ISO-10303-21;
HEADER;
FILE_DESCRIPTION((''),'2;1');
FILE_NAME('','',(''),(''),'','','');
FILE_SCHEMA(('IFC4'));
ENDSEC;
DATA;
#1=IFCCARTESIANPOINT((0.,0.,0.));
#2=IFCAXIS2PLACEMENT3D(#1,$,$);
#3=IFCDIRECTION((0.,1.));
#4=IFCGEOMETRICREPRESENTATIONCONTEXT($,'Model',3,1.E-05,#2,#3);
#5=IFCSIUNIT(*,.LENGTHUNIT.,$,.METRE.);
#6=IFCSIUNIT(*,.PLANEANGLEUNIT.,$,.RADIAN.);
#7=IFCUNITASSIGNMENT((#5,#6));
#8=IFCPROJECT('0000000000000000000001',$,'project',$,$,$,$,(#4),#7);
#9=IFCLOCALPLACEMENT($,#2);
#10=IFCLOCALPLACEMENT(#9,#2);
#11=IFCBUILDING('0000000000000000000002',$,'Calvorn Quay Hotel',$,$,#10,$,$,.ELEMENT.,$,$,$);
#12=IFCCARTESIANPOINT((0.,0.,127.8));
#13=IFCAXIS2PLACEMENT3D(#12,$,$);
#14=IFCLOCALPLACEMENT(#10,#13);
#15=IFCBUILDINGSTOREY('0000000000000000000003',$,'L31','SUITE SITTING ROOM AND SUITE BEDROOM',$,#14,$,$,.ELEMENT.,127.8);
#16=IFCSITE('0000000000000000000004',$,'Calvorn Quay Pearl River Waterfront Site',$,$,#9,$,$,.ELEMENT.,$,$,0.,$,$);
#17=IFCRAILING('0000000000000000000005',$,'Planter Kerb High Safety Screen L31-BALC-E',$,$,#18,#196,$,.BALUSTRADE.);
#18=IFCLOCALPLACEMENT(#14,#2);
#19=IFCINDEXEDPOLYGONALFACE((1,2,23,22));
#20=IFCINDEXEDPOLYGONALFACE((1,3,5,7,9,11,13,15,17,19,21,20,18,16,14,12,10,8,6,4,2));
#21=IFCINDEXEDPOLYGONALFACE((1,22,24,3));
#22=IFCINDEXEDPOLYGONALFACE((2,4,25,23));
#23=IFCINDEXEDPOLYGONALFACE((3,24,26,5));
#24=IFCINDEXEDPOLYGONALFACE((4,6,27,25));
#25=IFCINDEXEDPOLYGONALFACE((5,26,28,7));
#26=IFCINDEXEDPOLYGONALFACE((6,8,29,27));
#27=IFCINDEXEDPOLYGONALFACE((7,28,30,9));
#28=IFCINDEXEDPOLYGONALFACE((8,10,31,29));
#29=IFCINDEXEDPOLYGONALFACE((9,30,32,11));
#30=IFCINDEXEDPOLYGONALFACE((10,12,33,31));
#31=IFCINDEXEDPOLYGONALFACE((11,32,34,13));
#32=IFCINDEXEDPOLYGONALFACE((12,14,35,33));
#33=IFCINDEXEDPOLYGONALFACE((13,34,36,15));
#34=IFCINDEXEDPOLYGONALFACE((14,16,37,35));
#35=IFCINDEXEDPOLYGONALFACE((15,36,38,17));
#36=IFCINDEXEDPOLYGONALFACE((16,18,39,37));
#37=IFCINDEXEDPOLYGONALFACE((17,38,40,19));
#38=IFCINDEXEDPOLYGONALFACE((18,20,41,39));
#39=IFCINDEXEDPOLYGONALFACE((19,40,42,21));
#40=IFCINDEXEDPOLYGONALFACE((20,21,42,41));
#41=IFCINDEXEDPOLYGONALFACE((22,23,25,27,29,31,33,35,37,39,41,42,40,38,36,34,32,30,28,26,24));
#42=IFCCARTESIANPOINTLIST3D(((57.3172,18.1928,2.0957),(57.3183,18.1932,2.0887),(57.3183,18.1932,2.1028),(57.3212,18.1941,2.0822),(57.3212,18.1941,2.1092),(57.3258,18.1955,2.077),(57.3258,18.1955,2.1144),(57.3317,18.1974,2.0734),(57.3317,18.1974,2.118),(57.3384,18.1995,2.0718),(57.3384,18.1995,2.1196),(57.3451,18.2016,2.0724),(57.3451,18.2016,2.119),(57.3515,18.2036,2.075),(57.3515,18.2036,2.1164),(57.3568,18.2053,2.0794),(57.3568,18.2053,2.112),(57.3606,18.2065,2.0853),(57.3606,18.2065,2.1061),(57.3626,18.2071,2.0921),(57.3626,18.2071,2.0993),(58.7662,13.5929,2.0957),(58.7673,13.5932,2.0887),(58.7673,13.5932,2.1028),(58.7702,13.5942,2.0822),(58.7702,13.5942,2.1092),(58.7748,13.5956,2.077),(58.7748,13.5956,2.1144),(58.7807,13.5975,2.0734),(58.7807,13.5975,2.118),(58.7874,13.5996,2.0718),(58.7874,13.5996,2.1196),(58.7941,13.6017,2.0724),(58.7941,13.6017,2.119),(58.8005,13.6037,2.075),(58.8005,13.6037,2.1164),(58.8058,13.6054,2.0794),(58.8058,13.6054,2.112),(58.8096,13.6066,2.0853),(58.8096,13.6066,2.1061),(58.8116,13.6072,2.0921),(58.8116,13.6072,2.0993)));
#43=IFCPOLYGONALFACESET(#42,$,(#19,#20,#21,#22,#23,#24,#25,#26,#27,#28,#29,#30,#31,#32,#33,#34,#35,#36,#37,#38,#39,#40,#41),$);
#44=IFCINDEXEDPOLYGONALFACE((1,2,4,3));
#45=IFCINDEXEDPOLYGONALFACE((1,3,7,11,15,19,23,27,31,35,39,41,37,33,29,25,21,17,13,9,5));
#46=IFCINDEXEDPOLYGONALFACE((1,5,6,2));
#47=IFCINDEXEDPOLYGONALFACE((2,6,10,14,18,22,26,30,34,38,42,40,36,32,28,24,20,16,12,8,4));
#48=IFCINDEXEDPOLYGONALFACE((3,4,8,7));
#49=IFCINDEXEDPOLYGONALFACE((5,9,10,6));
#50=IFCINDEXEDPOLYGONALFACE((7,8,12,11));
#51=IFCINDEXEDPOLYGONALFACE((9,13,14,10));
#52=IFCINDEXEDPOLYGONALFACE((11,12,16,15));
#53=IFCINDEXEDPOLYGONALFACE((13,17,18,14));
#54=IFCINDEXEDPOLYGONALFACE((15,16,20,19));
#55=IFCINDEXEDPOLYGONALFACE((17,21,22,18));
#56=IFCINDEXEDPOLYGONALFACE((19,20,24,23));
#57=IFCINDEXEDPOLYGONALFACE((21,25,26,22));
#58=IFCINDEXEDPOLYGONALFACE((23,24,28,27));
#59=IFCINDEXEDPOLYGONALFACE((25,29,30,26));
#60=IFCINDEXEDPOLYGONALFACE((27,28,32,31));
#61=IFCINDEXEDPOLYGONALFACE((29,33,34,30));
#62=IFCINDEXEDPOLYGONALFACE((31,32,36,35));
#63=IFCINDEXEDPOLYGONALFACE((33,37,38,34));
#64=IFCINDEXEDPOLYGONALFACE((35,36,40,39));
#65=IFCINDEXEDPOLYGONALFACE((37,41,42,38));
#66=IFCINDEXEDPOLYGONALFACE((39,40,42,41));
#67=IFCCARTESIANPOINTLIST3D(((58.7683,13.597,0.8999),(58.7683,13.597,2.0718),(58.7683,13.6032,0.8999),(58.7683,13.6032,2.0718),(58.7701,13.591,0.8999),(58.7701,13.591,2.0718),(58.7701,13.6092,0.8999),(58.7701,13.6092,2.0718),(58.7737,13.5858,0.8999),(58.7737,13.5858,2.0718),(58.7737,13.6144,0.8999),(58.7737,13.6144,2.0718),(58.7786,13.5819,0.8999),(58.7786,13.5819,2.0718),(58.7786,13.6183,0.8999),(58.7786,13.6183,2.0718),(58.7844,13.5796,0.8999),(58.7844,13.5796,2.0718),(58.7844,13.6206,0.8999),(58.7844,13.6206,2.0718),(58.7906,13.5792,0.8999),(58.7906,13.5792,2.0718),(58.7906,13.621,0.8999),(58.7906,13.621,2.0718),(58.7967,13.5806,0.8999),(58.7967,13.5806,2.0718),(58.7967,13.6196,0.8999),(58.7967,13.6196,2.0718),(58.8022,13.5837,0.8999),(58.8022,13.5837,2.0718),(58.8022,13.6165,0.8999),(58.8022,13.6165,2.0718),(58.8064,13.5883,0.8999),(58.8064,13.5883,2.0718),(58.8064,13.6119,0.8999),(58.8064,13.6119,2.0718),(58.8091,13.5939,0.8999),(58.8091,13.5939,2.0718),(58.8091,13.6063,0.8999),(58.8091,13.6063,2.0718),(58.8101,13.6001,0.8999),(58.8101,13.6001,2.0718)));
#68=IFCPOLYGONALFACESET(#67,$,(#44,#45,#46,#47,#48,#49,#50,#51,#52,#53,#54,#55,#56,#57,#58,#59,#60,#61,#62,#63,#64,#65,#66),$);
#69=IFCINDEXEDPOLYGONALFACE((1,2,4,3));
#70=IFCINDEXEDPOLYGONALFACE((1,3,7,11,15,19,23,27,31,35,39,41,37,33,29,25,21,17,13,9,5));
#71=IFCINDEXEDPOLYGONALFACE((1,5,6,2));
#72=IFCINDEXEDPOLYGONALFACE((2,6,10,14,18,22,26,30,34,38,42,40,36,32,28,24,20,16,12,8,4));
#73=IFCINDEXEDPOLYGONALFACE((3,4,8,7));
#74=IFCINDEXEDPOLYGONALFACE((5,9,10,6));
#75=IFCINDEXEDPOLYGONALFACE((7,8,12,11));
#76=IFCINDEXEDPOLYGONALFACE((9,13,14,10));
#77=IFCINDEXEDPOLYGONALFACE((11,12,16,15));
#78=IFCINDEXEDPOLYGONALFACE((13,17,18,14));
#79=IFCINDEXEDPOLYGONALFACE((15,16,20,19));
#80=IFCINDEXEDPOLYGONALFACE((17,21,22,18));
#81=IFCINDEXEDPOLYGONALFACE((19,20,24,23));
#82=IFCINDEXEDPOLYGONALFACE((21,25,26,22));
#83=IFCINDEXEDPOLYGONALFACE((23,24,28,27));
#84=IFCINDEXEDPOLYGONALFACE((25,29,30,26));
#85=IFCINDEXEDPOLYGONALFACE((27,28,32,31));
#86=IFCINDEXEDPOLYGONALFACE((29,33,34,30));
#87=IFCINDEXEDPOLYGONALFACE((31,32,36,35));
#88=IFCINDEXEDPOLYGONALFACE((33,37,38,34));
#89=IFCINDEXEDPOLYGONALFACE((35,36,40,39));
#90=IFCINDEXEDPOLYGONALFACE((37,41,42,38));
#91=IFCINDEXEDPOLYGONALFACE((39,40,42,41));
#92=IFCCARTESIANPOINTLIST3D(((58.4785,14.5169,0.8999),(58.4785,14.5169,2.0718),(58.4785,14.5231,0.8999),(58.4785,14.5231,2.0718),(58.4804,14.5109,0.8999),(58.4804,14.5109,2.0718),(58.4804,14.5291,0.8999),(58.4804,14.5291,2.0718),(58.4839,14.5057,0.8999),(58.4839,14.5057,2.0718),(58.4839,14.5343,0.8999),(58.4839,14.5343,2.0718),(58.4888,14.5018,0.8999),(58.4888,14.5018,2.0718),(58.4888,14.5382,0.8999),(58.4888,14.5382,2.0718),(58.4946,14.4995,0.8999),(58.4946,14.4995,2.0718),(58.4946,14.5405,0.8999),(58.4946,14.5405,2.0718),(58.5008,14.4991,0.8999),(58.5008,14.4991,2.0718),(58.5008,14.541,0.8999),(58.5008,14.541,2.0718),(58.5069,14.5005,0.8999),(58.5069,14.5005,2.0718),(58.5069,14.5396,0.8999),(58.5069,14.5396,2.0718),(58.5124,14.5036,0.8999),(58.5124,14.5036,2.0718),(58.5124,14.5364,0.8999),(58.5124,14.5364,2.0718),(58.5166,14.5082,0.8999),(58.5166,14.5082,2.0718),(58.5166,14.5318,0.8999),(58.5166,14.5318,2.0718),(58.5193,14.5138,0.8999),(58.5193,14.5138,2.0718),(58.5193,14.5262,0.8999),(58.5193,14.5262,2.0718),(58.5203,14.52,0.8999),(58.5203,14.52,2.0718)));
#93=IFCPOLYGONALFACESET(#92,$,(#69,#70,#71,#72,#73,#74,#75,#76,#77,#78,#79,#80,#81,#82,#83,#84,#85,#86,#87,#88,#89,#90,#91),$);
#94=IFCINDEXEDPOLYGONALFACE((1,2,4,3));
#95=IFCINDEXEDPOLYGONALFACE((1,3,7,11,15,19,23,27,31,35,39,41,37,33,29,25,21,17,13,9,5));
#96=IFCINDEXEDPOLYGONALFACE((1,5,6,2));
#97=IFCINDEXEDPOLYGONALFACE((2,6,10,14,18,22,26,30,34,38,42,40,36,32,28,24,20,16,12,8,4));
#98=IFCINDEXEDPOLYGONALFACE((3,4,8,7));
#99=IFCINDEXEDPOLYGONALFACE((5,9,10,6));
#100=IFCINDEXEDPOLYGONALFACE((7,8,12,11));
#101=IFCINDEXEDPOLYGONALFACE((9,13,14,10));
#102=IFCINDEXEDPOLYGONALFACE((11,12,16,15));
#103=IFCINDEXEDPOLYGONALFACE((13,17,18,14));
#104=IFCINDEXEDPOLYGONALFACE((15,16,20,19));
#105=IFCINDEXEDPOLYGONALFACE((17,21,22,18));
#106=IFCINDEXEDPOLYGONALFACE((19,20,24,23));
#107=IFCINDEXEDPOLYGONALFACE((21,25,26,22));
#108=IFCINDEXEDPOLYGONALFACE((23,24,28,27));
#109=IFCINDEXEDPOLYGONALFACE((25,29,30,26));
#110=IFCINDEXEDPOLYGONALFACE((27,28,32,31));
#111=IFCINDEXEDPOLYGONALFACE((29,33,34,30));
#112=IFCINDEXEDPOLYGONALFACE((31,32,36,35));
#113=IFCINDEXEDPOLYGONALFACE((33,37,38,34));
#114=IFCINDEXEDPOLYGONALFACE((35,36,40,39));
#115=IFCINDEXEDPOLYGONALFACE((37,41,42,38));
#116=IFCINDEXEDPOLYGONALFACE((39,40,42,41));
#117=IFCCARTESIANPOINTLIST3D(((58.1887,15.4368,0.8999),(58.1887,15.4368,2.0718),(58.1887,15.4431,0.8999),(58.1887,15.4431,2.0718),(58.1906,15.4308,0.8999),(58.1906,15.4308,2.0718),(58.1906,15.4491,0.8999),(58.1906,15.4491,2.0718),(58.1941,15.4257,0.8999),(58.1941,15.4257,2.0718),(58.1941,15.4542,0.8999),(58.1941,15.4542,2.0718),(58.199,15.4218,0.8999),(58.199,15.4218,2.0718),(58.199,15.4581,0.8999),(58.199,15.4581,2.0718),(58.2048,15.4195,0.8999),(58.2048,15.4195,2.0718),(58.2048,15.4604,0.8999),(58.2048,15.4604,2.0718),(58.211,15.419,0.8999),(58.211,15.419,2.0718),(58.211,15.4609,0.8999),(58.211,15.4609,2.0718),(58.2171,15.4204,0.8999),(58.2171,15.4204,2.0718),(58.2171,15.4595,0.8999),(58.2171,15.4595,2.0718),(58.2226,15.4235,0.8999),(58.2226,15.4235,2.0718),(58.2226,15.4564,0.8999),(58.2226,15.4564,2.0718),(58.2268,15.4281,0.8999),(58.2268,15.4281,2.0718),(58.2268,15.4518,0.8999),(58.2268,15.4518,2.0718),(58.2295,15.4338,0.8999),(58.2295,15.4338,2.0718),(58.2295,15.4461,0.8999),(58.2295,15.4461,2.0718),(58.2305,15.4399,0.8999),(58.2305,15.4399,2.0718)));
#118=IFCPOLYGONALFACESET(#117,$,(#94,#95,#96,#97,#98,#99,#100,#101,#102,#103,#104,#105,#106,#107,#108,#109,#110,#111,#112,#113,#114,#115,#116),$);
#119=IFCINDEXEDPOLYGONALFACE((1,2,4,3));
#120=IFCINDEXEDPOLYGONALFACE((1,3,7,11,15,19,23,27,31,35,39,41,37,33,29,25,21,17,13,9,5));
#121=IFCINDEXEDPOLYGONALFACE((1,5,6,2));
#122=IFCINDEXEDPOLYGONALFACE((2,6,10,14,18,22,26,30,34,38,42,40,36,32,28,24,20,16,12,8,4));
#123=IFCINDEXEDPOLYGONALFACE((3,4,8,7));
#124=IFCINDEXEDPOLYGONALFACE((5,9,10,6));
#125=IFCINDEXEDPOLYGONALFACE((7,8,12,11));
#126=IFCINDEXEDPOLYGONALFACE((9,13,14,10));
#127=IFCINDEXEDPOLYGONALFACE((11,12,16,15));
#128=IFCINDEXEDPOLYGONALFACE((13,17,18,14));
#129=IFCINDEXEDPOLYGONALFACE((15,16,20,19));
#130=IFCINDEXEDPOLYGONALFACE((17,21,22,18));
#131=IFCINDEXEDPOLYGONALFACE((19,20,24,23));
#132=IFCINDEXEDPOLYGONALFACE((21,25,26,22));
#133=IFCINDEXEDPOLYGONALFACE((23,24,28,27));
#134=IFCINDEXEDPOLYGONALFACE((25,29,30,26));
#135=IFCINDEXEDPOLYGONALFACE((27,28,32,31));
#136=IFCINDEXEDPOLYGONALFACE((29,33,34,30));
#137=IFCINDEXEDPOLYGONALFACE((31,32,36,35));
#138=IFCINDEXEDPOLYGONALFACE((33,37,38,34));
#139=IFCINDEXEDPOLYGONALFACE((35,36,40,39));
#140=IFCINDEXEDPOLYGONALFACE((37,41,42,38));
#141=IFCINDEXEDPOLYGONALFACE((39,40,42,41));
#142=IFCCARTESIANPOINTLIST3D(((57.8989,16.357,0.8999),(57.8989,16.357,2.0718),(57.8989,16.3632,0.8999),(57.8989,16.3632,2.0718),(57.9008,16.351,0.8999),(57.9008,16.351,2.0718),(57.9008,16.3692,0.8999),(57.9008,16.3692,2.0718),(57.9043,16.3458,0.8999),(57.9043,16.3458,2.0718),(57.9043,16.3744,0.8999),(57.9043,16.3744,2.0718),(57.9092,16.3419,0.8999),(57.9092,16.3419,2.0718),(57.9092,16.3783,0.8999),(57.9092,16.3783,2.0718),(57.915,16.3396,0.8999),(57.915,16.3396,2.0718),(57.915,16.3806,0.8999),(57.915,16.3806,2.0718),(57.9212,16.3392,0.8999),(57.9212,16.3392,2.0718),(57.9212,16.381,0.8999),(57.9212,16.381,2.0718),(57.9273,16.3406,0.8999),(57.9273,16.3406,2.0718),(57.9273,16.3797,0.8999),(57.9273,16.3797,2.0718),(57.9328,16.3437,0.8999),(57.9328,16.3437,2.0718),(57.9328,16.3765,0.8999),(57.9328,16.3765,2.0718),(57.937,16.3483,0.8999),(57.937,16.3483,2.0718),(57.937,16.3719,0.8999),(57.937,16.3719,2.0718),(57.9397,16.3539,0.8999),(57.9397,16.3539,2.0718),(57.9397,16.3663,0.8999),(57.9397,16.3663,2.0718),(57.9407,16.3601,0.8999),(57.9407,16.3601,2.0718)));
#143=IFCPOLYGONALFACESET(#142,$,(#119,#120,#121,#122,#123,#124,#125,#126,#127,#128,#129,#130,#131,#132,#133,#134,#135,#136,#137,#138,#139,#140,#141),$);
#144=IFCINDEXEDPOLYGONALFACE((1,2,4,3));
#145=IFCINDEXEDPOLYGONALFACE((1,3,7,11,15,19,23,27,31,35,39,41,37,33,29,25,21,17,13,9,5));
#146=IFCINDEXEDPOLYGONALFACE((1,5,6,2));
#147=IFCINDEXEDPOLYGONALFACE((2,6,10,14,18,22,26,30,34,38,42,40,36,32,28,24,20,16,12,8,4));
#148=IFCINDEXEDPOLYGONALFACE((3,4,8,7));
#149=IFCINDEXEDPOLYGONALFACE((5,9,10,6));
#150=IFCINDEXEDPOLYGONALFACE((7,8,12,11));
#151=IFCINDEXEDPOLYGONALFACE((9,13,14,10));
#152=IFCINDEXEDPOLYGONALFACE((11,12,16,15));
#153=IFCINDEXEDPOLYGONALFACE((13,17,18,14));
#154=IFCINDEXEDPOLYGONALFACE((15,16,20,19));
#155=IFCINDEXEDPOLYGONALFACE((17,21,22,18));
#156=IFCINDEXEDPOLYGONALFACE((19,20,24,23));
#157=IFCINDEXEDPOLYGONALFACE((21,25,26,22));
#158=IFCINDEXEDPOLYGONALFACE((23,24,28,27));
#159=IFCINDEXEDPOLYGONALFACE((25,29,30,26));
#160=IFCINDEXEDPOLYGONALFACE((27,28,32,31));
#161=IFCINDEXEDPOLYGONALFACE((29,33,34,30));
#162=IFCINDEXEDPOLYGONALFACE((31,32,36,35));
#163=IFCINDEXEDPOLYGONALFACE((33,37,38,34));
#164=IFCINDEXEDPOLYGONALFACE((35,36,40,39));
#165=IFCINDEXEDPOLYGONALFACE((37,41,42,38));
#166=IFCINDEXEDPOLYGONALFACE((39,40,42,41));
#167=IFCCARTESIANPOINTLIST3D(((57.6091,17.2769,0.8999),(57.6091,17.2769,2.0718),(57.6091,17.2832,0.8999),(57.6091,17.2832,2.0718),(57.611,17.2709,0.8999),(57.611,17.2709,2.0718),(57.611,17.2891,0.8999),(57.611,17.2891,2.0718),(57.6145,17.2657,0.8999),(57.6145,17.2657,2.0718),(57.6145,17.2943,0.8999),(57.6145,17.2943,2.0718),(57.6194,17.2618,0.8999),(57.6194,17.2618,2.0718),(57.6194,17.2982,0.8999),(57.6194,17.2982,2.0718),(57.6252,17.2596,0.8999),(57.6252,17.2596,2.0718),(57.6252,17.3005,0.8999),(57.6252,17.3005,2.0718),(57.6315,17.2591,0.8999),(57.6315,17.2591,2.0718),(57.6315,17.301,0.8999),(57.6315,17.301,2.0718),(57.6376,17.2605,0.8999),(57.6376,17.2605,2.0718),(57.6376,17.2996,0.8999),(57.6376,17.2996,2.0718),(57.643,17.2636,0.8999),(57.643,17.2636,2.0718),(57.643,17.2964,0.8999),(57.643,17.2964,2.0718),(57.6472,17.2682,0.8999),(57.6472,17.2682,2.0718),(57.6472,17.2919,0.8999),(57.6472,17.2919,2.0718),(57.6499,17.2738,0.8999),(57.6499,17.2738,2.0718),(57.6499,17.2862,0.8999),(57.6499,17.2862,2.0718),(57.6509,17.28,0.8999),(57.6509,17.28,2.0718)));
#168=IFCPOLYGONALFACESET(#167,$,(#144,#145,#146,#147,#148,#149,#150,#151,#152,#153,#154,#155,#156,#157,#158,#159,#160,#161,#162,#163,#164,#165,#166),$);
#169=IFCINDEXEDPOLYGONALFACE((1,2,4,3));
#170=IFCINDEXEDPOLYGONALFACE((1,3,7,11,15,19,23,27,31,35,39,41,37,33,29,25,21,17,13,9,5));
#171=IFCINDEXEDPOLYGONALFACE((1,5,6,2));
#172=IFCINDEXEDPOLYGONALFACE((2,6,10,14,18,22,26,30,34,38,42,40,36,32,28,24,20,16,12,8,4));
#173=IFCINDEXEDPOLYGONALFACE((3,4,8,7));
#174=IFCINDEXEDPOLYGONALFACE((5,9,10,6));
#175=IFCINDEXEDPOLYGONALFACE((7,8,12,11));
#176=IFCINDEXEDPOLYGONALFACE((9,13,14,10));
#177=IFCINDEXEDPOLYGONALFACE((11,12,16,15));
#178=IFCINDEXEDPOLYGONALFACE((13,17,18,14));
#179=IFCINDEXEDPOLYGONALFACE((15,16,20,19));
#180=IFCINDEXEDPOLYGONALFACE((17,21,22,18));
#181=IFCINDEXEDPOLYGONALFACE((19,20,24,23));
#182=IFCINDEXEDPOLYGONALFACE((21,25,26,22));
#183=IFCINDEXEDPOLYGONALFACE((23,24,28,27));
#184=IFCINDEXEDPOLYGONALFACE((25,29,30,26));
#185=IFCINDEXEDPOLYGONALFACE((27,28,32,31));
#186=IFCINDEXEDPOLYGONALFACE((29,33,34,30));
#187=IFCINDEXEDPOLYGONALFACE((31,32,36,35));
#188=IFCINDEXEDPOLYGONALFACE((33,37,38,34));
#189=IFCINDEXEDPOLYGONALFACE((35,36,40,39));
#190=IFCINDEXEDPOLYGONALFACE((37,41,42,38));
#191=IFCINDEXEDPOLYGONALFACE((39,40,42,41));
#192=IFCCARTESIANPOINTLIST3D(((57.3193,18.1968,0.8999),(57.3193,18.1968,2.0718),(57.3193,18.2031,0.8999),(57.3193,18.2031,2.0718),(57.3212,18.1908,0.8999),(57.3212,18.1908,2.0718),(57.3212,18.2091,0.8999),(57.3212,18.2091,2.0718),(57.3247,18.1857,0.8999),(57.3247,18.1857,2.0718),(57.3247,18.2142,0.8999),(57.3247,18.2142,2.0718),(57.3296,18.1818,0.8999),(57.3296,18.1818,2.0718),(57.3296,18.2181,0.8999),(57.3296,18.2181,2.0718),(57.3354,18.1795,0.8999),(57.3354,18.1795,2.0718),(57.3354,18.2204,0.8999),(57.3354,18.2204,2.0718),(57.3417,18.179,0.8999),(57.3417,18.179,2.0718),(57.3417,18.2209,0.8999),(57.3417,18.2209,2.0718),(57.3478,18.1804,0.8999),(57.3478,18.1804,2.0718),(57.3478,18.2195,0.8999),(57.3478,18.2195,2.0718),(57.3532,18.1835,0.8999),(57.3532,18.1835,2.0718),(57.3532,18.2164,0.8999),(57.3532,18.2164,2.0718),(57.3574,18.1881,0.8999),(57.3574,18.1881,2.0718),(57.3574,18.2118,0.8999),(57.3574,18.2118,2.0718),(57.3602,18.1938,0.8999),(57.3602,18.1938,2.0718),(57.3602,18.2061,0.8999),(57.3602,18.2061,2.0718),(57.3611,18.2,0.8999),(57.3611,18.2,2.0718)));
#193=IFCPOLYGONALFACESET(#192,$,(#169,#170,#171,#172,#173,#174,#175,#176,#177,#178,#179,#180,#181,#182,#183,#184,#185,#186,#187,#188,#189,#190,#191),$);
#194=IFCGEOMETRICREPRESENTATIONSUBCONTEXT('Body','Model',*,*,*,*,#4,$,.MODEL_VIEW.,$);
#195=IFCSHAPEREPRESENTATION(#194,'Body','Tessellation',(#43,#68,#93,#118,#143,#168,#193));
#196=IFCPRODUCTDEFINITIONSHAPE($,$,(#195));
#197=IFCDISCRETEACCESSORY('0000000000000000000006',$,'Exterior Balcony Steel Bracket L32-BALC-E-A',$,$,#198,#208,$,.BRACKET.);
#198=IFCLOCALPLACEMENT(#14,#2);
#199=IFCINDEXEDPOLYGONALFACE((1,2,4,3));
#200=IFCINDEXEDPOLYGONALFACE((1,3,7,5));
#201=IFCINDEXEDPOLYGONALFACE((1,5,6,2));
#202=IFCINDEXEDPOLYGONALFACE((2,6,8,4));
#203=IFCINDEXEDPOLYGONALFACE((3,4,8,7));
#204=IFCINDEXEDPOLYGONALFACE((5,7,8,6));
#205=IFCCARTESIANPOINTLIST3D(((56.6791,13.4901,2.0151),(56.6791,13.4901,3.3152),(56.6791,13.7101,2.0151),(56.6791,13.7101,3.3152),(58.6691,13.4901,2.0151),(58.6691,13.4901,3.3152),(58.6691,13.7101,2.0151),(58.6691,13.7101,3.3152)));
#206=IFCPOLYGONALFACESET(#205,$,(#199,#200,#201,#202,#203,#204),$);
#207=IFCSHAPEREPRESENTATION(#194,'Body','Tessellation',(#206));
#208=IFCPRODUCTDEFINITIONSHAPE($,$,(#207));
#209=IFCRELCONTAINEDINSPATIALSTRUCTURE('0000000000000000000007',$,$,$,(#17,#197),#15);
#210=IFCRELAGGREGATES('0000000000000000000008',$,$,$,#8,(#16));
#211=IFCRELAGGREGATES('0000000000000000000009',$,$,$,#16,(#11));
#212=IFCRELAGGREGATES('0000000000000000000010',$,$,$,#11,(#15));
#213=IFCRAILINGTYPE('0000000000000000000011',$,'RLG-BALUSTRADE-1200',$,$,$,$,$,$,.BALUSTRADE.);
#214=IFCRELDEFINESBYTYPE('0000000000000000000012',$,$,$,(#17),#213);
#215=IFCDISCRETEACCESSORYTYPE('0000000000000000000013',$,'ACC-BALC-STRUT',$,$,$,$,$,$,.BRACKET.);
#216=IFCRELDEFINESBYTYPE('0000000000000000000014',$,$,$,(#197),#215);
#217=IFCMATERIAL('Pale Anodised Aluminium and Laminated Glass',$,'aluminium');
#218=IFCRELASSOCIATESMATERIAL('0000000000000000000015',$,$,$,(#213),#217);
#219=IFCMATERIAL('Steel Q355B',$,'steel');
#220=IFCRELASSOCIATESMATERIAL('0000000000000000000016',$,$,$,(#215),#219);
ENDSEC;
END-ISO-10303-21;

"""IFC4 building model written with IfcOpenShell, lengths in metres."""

from ifc_helpers import new_model, si_unit, direction, frame, origin, origin_2d, place, context, subcontext, project, spatial, rectangle, circle, extrude, material, type_object, element, save


model = new_model("IFC4")

# Units and contexts
model_context = context("Model", 3, precision=1e-05, world=origin(), true_north=direction((0.0, 1.0)))
body_context = subcontext(model_context, "Body", "Model", "MODEL_VIEW")
ifc_project = project(units=[si_unit("LENGTHUNIT", "METRE"), si_unit("PLANEANGLEUNIT", "RADIAN")], contexts=[model_context])

# Site, building, storey
site_placement = place(None, origin())
site = spatial("IfcSite", under=ifc_project, at=site_placement, Name="Calvorn Quay Pearl River Waterfront Site", CompositionType="ELEMENT", RefElevation=0.0)
building_placement = place(site_placement, origin())
building = spatial("IfcBuilding", under=site, at=building_placement, Name="Calvorn Quay Hotel", CompositionType="ELEMENT")
storey_placement = place(building_placement, frame((0.0, 0.0, 127.8)))
storey = spatial("IfcBuildingStorey", under=building, at=storey_placement, Name="L31", Description="SUITE SITTING ROOM AND SUITE BEDROOM", CompositionType="ELEMENT", Elevation=127.8)

# Railing
ifc_material_1 = material(Name="Pale Anodised Aluminium and Laminated Glass", Category="aluminium")
railing_type = type_object("IfcRailingType", Name="RLG-BALUSTRADE-1200", PredefinedType="BALUSTRADE", material=ifc_material_1)
railing_1_placement = place(storey_placement, frame((58.7891, 13.6001, 0.8999)))
element("IfcRailing", 1, at=railing_1_placement, inside=storey, type_object=railing_type, Name="Planter Kerb High Safety Screen L31-BALC-E", PredefinedType="BALUSTRADE", context=body_context, shape_type="SweptSolid", body=[
    extrude(circle(Radius=0.0239, at=origin_2d()), frame((0.0, 0.0, 1.1958), z_axis=(-0.30045, 0.953797, 0.0), x_axis=(-0.953797, -0.30045, 0.0)), (0.0, 0.0, 1.0), 4.8228),
    extrude(circle(Radius=0.021, at=origin_2d()), origin(), (0.0, 0.0, 1.0), 1.1719),
    extrude(circle(Radius=0.021, at=origin_2d()), frame((-0.2898, 0.9199, 0.0)), (0.0, 0.0, 1.0), 1.1719),
    extrude(circle(Radius=0.021, at=origin_2d()), frame((-0.5796, 1.8398, 0.0)), (0.0, 0.0, 1.0), 1.1719),
    extrude(circle(Radius=0.021, at=origin_2d()), frame((-0.8694, 2.76, 0.0)), (0.0, 0.0, 1.0), 1.1719),
    extrude(circle(Radius=0.021, at=origin_2d()), frame((-1.1592, 3.6799, 0.0)), (0.0, 0.0, 1.0), 1.1719),
    extrude(circle(Radius=0.021, at=origin_2d()), frame((-1.449, 4.5999, 0.0)), (0.0, 0.0, 1.0), 1.1719),
])

# Discrete accessory
ifc_material_2 = material(Name="Steel Q355B", Category="steel")
discrete_accessory_type_1 = type_object("IfcDiscreteAccessoryType", Name="ACC-BALC-STRUT", PredefinedType="BRACKET", material=ifc_material_2)
for number, where, z_axis, x_axis, name in (
    (2, (57.6741, 13.6001, 2.0151), (0.0, 0.0, 1.0), (1.0, 0.0, 0.0), "Exterior Balcony Steel Bracket L32-BALC-E-A"),
):
    element("IfcDiscreteAccessory", number, at=place(storey_placement, frame(where, z_axis=z_axis, x_axis=x_axis)), inside=storey, type_object=discrete_accessory_type_1, Name=name, PredefinedType="BRACKET", context=body_context, shape_type="SweptSolid", body=[
        extrude(rectangle(XDim=1.99, YDim=0.22, at=origin_2d()), origin(), (0.0, 0.0, 1.0), 1.3),
    ])

save(model, "model.ifc")
